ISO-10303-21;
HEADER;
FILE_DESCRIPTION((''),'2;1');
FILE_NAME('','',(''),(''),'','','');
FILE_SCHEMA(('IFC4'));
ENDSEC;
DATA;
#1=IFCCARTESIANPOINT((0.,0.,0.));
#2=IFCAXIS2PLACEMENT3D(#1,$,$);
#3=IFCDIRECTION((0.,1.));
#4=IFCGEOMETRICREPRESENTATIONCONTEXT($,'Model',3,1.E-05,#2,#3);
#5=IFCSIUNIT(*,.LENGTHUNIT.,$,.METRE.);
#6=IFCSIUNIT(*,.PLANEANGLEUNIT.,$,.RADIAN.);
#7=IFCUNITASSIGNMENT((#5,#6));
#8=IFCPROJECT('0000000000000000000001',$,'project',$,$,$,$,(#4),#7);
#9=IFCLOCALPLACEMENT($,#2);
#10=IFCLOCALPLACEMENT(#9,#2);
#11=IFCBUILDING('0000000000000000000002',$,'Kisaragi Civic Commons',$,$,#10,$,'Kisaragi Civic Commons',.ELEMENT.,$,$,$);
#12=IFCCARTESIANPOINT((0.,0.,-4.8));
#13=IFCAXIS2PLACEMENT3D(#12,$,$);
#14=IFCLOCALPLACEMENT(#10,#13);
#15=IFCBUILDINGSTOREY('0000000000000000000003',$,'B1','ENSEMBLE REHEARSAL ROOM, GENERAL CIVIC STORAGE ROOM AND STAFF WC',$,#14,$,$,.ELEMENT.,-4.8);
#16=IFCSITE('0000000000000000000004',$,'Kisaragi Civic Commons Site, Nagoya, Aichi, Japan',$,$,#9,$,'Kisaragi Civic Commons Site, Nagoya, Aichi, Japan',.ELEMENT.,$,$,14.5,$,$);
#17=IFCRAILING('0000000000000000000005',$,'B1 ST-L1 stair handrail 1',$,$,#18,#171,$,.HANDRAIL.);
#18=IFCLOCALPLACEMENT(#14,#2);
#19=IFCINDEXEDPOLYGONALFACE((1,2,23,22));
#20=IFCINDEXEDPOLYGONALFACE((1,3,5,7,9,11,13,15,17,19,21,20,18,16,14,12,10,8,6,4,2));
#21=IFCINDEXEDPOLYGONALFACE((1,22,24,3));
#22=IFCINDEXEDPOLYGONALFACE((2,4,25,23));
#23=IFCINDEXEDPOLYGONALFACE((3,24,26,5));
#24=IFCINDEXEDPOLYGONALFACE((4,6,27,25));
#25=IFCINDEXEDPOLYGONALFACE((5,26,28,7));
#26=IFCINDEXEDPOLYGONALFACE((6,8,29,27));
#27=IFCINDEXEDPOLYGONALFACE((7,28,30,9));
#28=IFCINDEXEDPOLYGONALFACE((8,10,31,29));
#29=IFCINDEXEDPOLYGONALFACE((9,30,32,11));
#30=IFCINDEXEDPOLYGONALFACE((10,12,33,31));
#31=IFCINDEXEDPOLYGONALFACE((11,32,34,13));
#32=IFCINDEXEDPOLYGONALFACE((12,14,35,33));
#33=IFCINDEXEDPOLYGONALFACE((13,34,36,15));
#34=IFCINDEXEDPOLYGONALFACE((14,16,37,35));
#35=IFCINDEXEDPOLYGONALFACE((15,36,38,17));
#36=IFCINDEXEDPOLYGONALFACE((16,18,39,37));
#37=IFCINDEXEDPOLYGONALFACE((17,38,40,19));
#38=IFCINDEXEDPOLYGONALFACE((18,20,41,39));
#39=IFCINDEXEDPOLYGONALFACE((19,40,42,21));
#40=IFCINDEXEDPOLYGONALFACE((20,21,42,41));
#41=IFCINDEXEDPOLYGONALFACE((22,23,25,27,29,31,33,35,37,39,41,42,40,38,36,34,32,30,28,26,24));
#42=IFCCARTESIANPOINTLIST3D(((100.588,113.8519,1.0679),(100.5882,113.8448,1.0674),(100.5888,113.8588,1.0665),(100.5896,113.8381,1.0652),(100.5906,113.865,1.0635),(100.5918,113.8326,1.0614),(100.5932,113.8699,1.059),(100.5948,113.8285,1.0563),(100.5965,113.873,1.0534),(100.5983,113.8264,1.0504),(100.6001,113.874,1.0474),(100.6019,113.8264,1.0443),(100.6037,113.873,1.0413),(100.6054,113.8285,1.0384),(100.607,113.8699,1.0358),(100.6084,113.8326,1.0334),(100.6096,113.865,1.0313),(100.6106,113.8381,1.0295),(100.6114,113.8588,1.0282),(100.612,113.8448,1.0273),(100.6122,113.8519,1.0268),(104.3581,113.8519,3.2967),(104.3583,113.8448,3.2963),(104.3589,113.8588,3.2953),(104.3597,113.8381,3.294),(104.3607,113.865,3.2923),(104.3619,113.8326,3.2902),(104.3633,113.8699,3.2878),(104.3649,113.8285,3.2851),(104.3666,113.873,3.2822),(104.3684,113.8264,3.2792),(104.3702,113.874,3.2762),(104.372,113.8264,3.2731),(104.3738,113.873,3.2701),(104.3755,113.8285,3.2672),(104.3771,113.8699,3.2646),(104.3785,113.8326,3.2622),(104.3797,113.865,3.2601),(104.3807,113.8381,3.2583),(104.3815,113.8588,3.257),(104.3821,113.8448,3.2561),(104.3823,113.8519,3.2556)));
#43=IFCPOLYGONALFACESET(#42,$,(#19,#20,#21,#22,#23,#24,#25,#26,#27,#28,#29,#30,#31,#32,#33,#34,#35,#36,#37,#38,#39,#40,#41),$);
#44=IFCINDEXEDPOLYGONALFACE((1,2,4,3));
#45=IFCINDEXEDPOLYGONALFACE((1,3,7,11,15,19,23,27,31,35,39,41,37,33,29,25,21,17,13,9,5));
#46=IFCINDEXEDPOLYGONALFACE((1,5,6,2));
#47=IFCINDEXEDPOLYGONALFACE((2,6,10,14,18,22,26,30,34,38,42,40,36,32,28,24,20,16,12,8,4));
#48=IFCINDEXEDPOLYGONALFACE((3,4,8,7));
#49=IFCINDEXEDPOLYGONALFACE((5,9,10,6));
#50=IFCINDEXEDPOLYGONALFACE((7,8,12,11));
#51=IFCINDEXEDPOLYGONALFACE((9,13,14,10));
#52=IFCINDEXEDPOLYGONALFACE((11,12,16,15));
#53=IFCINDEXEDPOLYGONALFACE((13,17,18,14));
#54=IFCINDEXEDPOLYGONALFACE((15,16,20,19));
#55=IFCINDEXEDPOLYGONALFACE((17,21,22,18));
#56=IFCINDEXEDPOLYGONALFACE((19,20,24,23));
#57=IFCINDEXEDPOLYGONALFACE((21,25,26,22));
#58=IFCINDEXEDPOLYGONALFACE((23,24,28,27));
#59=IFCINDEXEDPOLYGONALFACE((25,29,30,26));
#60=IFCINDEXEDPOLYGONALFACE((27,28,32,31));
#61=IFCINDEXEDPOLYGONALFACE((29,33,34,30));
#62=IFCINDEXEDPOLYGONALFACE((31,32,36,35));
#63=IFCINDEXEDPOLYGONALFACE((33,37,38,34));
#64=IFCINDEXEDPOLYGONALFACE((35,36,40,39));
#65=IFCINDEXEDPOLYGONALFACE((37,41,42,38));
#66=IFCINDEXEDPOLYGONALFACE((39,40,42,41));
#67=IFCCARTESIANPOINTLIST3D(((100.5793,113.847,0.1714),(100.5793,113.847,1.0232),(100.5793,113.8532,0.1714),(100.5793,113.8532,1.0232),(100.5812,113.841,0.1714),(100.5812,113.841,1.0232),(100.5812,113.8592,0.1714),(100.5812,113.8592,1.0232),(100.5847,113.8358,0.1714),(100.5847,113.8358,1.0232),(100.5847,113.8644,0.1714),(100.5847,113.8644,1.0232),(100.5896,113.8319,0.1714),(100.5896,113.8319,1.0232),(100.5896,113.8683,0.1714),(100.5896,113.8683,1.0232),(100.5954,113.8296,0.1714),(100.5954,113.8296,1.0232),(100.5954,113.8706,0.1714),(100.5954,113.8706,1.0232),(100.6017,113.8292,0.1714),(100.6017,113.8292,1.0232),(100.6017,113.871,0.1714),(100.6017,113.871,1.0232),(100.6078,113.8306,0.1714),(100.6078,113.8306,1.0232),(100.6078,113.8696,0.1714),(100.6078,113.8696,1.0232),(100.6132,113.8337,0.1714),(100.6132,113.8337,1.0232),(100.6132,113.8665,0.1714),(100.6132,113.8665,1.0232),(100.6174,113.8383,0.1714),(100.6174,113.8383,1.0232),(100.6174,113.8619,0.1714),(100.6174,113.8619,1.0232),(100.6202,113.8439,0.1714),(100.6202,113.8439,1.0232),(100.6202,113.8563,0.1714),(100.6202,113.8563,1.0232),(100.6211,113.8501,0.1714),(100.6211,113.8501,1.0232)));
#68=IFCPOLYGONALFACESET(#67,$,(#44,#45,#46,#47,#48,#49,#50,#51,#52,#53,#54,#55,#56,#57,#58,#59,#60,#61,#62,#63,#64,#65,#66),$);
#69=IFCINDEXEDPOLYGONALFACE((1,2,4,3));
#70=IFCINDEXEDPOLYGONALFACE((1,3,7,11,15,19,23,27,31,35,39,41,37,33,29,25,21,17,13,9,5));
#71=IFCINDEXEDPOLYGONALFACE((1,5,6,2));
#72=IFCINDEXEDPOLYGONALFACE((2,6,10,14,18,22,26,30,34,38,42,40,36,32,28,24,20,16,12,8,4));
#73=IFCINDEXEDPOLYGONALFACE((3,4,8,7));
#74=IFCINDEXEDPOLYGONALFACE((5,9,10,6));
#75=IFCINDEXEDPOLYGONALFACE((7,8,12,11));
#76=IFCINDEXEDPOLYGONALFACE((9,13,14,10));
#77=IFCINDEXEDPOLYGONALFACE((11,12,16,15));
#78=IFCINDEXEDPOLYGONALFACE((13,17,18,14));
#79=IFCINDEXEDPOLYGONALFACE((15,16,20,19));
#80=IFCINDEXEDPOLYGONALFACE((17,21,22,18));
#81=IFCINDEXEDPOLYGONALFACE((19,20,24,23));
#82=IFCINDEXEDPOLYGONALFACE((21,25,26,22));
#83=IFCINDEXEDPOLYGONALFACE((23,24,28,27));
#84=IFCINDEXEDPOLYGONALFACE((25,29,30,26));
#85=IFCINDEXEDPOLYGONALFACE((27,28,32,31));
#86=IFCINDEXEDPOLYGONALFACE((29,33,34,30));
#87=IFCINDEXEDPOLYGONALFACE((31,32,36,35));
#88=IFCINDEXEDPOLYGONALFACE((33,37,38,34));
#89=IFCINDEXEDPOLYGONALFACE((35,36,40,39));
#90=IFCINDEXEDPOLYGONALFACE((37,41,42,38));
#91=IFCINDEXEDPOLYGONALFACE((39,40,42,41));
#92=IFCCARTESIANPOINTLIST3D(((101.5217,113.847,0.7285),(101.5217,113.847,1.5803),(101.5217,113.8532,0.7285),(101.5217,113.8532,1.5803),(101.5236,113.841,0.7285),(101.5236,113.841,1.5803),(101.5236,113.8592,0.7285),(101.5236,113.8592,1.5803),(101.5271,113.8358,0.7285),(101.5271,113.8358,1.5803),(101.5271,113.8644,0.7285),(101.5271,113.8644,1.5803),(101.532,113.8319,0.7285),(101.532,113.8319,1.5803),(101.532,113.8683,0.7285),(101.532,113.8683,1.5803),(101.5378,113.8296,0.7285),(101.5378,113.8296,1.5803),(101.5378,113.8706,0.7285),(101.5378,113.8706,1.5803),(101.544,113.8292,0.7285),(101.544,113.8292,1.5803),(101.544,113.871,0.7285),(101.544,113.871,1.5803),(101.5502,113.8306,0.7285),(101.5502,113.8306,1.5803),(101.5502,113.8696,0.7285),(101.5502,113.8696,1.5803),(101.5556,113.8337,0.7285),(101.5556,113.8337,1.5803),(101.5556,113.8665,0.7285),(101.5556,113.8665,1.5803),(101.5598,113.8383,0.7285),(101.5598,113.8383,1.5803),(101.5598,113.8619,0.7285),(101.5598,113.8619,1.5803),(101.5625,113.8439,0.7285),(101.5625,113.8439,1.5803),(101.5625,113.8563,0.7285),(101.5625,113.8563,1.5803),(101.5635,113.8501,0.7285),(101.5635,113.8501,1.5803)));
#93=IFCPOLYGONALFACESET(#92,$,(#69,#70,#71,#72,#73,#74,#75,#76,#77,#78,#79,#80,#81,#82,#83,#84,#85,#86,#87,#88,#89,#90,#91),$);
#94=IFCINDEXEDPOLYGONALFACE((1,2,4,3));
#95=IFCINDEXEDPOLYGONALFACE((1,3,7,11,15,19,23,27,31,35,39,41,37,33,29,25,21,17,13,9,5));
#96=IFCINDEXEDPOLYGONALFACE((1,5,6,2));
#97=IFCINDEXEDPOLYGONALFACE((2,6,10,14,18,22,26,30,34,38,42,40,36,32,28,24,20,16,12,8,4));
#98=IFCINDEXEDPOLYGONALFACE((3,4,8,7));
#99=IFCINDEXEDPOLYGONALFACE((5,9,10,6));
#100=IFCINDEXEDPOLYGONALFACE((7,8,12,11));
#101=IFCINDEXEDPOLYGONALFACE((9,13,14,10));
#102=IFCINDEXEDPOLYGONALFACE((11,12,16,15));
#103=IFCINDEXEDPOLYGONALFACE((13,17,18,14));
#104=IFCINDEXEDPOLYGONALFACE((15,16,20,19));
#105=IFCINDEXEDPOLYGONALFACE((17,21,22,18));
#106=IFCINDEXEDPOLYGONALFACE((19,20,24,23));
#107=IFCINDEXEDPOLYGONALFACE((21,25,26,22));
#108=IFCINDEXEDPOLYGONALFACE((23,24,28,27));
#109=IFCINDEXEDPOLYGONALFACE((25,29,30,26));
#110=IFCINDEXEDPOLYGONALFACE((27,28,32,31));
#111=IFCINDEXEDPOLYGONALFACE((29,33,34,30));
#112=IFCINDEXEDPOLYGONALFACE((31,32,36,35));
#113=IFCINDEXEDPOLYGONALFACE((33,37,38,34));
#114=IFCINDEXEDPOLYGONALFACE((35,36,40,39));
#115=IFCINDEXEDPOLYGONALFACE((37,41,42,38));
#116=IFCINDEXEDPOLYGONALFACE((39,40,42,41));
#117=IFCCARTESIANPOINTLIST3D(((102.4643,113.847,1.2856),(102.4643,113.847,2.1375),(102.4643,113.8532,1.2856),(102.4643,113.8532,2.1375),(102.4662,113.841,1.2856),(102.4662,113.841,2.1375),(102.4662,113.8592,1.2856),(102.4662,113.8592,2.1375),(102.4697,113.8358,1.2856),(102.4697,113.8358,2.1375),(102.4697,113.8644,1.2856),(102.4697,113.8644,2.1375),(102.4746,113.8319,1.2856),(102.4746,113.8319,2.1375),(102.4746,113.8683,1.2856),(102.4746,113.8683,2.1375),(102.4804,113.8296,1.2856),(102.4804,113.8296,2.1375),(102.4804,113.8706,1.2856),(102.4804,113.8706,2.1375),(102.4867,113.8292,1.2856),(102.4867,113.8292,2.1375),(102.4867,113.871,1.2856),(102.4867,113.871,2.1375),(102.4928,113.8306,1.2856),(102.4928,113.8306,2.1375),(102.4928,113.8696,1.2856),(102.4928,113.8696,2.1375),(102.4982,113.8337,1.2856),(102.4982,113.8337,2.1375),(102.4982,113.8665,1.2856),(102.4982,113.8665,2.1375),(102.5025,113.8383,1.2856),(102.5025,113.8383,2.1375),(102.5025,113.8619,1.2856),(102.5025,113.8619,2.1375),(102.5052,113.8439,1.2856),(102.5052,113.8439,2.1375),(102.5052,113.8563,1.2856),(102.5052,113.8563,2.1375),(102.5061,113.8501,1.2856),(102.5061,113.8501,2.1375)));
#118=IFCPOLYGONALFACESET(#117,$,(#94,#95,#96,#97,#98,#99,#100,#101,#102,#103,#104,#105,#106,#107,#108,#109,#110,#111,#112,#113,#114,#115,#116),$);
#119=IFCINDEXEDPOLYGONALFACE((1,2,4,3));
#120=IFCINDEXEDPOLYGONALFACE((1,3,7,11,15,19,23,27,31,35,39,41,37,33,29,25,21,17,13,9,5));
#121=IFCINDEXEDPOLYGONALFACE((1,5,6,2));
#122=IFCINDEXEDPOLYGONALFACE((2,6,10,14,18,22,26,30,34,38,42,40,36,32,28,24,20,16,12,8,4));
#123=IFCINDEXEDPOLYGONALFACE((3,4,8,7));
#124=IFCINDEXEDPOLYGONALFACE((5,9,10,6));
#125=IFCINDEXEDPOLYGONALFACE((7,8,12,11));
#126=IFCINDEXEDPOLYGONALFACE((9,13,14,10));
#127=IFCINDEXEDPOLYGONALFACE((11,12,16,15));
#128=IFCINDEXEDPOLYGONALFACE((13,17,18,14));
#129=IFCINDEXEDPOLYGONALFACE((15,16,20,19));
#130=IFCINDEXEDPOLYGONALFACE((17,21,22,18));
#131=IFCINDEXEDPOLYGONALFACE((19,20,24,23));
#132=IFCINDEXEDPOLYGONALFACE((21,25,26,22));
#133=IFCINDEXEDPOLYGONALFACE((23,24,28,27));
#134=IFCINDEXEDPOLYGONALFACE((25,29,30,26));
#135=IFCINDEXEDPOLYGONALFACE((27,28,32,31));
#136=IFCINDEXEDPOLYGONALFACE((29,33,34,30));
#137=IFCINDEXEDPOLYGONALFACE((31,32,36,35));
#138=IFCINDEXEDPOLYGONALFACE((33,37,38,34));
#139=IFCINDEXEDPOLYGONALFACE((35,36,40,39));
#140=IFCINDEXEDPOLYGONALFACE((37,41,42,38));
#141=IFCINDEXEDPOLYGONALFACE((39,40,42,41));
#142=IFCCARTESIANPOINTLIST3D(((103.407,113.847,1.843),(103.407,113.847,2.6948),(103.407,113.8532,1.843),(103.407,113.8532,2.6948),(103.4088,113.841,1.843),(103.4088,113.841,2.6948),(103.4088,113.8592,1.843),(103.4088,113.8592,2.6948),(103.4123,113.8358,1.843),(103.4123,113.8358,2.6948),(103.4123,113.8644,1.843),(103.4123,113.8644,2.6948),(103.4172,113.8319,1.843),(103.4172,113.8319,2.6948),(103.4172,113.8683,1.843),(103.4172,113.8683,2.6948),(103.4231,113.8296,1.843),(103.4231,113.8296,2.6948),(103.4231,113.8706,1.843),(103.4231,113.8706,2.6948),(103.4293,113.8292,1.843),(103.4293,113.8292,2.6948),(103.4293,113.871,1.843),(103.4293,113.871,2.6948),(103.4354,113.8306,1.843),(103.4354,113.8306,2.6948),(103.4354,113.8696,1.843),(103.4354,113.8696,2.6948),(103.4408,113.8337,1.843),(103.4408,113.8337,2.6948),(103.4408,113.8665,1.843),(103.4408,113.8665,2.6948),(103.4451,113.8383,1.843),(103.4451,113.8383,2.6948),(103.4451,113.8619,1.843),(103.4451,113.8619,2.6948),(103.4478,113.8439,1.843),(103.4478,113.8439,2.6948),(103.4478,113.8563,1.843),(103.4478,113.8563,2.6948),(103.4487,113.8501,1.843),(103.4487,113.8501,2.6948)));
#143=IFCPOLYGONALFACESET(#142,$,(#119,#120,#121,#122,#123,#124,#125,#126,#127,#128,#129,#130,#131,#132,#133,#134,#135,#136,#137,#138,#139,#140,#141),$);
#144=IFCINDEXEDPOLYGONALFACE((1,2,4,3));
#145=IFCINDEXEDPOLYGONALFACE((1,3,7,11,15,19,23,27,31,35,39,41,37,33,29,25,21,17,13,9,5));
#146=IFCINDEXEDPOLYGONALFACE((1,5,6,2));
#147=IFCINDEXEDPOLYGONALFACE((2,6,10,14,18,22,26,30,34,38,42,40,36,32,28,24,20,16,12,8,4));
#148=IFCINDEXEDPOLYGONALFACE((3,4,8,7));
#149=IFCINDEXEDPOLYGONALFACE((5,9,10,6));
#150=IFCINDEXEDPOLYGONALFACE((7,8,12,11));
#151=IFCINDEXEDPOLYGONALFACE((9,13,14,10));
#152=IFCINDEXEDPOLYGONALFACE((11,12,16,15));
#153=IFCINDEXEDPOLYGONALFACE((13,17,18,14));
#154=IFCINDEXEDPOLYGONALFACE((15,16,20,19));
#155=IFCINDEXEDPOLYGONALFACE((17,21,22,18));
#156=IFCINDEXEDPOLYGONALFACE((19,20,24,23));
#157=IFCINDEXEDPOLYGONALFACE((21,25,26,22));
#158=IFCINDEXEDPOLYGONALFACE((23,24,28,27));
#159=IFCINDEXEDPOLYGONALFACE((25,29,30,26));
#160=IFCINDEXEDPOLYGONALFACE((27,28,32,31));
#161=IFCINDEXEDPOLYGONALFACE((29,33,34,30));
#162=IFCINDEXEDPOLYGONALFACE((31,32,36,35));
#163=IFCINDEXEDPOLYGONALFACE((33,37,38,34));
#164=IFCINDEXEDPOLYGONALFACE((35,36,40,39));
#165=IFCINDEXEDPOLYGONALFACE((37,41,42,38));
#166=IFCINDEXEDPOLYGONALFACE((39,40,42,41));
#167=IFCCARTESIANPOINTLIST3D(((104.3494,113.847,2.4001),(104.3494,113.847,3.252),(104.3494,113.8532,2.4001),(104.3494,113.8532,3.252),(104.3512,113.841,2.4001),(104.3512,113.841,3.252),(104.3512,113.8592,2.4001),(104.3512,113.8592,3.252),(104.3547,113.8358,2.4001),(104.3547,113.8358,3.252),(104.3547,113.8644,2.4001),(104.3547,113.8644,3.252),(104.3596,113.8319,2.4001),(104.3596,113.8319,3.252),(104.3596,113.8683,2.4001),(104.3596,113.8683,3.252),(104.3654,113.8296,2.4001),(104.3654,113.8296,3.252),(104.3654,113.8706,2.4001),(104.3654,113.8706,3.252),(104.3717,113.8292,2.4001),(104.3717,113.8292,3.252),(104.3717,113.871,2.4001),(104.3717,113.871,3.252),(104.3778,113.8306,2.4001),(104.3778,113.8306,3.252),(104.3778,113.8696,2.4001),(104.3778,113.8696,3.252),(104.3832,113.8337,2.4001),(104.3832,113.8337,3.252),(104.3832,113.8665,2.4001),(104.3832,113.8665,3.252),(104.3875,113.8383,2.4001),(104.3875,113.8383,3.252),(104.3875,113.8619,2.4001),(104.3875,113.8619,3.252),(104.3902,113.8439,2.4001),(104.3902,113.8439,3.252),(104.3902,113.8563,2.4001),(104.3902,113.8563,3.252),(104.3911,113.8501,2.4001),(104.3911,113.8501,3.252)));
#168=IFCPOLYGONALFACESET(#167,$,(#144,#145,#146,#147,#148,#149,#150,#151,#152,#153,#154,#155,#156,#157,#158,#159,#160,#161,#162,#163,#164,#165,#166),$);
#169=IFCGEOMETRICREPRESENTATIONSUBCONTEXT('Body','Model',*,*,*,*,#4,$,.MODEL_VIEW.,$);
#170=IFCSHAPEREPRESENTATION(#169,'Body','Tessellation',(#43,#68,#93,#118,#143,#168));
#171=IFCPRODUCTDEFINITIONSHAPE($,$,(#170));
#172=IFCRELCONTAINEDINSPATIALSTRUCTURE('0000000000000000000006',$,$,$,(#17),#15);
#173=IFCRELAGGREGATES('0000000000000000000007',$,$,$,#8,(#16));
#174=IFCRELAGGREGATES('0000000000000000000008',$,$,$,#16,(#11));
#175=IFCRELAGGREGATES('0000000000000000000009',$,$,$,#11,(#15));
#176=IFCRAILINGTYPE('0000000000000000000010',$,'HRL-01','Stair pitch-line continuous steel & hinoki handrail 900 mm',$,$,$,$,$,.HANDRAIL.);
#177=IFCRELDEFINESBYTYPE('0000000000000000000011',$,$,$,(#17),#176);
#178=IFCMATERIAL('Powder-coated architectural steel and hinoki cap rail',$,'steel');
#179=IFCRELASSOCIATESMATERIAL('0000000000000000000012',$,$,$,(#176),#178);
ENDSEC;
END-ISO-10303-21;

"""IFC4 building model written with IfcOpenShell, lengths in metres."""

from ifc_helpers import new_model, si_unit, direction, frame, origin, origin_2d, place, context, subcontext, project, spatial, circle, extrude, material, type_object, element, save


model = new_model("IFC4")

# Units and contexts
model_context = context("Model", 3, precision=1e-05, world=origin(), true_north=direction((0.0, 1.0)))
body_context = subcontext(model_context, "Body", "Model", "MODEL_VIEW")
ifc_project = project(units=[si_unit("LENGTHUNIT", "METRE"), si_unit("PLANEANGLEUNIT", "RADIAN")], contexts=[model_context])

# Site, building, storey
site_placement = place(None, origin())
site = spatial("IfcSite", under=ifc_project, at=site_placement, Name="Kisaragi Civic Commons Site, Nagoya, Aichi, Japan", LongName="Kisaragi Civic Commons Site, Nagoya, Aichi, Japan", CompositionType="ELEMENT", RefElevation=14.5)
building_placement = place(site_placement, origin())
building = spatial("IfcBuilding", under=site, at=building_placement, Name="Kisaragi Civic Commons", LongName="Kisaragi Civic Commons", CompositionType="ELEMENT")
storey_placement = place(building_placement, frame((0.0, 0.0, -4.8)))
storey = spatial("IfcBuildingStorey", under=building, at=storey_placement, Name="B1", Description="ENSEMBLE REHEARSAL ROOM, GENERAL CIVIC STORAGE ROOM AND STAFF WC", CompositionType="ELEMENT", Elevation=-4.8)

# Railing
ifc_material_1 = material(Name="Powder-coated architectural steel and hinoki cap rail", Category="steel")
railing_type_1 = type_object("IfcRailingType", Name="HRL-01", Description="Stair pitch-line continuous steel & hinoki handrail 900 mm", PredefinedType="HANDRAIL", material=ifc_material_1)
railing_1_placement = place(storey_placement, frame((100.6001, 113.8501, 0.1714)))
element("IfcRailing", 1, at=railing_1_placement, inside=storey, type_object=railing_type_1, Name="B1 ST-L1 stair handrail 1", PredefinedType="HANDRAIL", context=body_context, shape_type="SweptSolid", body=[
    extrude(circle(Radius=0.0239, at=origin_2d()), frame((0.0, 0.0, 0.876), z_axis=(0.860824, 0.0, 0.508902), x_axis=(0.0, 1.0, 0.0)), (0.0, 0.0, 1.0), 4.3796),
    extrude(circle(Radius=0.021, at=origin_2d()), origin(), (0.0, 0.0, 1.0), 0.8518),
    extrude(circle(Radius=0.021, at=origin_2d()), frame((0.9424, 0.0, 0.5571)), (0.0, 0.0, 1.0), 0.8518),
    extrude(circle(Radius=0.021, at=origin_2d()), frame((1.885, 0.0, 1.1143)), (0.0, 0.0, 1.0), 0.8518),
    extrude(circle(Radius=0.021, at=origin_2d()), frame((2.8276, 0.0, 1.6716)), (0.0, 0.0, 1.0), 0.8518),
    extrude(circle(Radius=0.021, at=origin_2d()), frame((3.77, 0.0, 2.2288)), (0.0, 0.0, 1.0), 0.8518),
])

save(model, "model.ifc")
